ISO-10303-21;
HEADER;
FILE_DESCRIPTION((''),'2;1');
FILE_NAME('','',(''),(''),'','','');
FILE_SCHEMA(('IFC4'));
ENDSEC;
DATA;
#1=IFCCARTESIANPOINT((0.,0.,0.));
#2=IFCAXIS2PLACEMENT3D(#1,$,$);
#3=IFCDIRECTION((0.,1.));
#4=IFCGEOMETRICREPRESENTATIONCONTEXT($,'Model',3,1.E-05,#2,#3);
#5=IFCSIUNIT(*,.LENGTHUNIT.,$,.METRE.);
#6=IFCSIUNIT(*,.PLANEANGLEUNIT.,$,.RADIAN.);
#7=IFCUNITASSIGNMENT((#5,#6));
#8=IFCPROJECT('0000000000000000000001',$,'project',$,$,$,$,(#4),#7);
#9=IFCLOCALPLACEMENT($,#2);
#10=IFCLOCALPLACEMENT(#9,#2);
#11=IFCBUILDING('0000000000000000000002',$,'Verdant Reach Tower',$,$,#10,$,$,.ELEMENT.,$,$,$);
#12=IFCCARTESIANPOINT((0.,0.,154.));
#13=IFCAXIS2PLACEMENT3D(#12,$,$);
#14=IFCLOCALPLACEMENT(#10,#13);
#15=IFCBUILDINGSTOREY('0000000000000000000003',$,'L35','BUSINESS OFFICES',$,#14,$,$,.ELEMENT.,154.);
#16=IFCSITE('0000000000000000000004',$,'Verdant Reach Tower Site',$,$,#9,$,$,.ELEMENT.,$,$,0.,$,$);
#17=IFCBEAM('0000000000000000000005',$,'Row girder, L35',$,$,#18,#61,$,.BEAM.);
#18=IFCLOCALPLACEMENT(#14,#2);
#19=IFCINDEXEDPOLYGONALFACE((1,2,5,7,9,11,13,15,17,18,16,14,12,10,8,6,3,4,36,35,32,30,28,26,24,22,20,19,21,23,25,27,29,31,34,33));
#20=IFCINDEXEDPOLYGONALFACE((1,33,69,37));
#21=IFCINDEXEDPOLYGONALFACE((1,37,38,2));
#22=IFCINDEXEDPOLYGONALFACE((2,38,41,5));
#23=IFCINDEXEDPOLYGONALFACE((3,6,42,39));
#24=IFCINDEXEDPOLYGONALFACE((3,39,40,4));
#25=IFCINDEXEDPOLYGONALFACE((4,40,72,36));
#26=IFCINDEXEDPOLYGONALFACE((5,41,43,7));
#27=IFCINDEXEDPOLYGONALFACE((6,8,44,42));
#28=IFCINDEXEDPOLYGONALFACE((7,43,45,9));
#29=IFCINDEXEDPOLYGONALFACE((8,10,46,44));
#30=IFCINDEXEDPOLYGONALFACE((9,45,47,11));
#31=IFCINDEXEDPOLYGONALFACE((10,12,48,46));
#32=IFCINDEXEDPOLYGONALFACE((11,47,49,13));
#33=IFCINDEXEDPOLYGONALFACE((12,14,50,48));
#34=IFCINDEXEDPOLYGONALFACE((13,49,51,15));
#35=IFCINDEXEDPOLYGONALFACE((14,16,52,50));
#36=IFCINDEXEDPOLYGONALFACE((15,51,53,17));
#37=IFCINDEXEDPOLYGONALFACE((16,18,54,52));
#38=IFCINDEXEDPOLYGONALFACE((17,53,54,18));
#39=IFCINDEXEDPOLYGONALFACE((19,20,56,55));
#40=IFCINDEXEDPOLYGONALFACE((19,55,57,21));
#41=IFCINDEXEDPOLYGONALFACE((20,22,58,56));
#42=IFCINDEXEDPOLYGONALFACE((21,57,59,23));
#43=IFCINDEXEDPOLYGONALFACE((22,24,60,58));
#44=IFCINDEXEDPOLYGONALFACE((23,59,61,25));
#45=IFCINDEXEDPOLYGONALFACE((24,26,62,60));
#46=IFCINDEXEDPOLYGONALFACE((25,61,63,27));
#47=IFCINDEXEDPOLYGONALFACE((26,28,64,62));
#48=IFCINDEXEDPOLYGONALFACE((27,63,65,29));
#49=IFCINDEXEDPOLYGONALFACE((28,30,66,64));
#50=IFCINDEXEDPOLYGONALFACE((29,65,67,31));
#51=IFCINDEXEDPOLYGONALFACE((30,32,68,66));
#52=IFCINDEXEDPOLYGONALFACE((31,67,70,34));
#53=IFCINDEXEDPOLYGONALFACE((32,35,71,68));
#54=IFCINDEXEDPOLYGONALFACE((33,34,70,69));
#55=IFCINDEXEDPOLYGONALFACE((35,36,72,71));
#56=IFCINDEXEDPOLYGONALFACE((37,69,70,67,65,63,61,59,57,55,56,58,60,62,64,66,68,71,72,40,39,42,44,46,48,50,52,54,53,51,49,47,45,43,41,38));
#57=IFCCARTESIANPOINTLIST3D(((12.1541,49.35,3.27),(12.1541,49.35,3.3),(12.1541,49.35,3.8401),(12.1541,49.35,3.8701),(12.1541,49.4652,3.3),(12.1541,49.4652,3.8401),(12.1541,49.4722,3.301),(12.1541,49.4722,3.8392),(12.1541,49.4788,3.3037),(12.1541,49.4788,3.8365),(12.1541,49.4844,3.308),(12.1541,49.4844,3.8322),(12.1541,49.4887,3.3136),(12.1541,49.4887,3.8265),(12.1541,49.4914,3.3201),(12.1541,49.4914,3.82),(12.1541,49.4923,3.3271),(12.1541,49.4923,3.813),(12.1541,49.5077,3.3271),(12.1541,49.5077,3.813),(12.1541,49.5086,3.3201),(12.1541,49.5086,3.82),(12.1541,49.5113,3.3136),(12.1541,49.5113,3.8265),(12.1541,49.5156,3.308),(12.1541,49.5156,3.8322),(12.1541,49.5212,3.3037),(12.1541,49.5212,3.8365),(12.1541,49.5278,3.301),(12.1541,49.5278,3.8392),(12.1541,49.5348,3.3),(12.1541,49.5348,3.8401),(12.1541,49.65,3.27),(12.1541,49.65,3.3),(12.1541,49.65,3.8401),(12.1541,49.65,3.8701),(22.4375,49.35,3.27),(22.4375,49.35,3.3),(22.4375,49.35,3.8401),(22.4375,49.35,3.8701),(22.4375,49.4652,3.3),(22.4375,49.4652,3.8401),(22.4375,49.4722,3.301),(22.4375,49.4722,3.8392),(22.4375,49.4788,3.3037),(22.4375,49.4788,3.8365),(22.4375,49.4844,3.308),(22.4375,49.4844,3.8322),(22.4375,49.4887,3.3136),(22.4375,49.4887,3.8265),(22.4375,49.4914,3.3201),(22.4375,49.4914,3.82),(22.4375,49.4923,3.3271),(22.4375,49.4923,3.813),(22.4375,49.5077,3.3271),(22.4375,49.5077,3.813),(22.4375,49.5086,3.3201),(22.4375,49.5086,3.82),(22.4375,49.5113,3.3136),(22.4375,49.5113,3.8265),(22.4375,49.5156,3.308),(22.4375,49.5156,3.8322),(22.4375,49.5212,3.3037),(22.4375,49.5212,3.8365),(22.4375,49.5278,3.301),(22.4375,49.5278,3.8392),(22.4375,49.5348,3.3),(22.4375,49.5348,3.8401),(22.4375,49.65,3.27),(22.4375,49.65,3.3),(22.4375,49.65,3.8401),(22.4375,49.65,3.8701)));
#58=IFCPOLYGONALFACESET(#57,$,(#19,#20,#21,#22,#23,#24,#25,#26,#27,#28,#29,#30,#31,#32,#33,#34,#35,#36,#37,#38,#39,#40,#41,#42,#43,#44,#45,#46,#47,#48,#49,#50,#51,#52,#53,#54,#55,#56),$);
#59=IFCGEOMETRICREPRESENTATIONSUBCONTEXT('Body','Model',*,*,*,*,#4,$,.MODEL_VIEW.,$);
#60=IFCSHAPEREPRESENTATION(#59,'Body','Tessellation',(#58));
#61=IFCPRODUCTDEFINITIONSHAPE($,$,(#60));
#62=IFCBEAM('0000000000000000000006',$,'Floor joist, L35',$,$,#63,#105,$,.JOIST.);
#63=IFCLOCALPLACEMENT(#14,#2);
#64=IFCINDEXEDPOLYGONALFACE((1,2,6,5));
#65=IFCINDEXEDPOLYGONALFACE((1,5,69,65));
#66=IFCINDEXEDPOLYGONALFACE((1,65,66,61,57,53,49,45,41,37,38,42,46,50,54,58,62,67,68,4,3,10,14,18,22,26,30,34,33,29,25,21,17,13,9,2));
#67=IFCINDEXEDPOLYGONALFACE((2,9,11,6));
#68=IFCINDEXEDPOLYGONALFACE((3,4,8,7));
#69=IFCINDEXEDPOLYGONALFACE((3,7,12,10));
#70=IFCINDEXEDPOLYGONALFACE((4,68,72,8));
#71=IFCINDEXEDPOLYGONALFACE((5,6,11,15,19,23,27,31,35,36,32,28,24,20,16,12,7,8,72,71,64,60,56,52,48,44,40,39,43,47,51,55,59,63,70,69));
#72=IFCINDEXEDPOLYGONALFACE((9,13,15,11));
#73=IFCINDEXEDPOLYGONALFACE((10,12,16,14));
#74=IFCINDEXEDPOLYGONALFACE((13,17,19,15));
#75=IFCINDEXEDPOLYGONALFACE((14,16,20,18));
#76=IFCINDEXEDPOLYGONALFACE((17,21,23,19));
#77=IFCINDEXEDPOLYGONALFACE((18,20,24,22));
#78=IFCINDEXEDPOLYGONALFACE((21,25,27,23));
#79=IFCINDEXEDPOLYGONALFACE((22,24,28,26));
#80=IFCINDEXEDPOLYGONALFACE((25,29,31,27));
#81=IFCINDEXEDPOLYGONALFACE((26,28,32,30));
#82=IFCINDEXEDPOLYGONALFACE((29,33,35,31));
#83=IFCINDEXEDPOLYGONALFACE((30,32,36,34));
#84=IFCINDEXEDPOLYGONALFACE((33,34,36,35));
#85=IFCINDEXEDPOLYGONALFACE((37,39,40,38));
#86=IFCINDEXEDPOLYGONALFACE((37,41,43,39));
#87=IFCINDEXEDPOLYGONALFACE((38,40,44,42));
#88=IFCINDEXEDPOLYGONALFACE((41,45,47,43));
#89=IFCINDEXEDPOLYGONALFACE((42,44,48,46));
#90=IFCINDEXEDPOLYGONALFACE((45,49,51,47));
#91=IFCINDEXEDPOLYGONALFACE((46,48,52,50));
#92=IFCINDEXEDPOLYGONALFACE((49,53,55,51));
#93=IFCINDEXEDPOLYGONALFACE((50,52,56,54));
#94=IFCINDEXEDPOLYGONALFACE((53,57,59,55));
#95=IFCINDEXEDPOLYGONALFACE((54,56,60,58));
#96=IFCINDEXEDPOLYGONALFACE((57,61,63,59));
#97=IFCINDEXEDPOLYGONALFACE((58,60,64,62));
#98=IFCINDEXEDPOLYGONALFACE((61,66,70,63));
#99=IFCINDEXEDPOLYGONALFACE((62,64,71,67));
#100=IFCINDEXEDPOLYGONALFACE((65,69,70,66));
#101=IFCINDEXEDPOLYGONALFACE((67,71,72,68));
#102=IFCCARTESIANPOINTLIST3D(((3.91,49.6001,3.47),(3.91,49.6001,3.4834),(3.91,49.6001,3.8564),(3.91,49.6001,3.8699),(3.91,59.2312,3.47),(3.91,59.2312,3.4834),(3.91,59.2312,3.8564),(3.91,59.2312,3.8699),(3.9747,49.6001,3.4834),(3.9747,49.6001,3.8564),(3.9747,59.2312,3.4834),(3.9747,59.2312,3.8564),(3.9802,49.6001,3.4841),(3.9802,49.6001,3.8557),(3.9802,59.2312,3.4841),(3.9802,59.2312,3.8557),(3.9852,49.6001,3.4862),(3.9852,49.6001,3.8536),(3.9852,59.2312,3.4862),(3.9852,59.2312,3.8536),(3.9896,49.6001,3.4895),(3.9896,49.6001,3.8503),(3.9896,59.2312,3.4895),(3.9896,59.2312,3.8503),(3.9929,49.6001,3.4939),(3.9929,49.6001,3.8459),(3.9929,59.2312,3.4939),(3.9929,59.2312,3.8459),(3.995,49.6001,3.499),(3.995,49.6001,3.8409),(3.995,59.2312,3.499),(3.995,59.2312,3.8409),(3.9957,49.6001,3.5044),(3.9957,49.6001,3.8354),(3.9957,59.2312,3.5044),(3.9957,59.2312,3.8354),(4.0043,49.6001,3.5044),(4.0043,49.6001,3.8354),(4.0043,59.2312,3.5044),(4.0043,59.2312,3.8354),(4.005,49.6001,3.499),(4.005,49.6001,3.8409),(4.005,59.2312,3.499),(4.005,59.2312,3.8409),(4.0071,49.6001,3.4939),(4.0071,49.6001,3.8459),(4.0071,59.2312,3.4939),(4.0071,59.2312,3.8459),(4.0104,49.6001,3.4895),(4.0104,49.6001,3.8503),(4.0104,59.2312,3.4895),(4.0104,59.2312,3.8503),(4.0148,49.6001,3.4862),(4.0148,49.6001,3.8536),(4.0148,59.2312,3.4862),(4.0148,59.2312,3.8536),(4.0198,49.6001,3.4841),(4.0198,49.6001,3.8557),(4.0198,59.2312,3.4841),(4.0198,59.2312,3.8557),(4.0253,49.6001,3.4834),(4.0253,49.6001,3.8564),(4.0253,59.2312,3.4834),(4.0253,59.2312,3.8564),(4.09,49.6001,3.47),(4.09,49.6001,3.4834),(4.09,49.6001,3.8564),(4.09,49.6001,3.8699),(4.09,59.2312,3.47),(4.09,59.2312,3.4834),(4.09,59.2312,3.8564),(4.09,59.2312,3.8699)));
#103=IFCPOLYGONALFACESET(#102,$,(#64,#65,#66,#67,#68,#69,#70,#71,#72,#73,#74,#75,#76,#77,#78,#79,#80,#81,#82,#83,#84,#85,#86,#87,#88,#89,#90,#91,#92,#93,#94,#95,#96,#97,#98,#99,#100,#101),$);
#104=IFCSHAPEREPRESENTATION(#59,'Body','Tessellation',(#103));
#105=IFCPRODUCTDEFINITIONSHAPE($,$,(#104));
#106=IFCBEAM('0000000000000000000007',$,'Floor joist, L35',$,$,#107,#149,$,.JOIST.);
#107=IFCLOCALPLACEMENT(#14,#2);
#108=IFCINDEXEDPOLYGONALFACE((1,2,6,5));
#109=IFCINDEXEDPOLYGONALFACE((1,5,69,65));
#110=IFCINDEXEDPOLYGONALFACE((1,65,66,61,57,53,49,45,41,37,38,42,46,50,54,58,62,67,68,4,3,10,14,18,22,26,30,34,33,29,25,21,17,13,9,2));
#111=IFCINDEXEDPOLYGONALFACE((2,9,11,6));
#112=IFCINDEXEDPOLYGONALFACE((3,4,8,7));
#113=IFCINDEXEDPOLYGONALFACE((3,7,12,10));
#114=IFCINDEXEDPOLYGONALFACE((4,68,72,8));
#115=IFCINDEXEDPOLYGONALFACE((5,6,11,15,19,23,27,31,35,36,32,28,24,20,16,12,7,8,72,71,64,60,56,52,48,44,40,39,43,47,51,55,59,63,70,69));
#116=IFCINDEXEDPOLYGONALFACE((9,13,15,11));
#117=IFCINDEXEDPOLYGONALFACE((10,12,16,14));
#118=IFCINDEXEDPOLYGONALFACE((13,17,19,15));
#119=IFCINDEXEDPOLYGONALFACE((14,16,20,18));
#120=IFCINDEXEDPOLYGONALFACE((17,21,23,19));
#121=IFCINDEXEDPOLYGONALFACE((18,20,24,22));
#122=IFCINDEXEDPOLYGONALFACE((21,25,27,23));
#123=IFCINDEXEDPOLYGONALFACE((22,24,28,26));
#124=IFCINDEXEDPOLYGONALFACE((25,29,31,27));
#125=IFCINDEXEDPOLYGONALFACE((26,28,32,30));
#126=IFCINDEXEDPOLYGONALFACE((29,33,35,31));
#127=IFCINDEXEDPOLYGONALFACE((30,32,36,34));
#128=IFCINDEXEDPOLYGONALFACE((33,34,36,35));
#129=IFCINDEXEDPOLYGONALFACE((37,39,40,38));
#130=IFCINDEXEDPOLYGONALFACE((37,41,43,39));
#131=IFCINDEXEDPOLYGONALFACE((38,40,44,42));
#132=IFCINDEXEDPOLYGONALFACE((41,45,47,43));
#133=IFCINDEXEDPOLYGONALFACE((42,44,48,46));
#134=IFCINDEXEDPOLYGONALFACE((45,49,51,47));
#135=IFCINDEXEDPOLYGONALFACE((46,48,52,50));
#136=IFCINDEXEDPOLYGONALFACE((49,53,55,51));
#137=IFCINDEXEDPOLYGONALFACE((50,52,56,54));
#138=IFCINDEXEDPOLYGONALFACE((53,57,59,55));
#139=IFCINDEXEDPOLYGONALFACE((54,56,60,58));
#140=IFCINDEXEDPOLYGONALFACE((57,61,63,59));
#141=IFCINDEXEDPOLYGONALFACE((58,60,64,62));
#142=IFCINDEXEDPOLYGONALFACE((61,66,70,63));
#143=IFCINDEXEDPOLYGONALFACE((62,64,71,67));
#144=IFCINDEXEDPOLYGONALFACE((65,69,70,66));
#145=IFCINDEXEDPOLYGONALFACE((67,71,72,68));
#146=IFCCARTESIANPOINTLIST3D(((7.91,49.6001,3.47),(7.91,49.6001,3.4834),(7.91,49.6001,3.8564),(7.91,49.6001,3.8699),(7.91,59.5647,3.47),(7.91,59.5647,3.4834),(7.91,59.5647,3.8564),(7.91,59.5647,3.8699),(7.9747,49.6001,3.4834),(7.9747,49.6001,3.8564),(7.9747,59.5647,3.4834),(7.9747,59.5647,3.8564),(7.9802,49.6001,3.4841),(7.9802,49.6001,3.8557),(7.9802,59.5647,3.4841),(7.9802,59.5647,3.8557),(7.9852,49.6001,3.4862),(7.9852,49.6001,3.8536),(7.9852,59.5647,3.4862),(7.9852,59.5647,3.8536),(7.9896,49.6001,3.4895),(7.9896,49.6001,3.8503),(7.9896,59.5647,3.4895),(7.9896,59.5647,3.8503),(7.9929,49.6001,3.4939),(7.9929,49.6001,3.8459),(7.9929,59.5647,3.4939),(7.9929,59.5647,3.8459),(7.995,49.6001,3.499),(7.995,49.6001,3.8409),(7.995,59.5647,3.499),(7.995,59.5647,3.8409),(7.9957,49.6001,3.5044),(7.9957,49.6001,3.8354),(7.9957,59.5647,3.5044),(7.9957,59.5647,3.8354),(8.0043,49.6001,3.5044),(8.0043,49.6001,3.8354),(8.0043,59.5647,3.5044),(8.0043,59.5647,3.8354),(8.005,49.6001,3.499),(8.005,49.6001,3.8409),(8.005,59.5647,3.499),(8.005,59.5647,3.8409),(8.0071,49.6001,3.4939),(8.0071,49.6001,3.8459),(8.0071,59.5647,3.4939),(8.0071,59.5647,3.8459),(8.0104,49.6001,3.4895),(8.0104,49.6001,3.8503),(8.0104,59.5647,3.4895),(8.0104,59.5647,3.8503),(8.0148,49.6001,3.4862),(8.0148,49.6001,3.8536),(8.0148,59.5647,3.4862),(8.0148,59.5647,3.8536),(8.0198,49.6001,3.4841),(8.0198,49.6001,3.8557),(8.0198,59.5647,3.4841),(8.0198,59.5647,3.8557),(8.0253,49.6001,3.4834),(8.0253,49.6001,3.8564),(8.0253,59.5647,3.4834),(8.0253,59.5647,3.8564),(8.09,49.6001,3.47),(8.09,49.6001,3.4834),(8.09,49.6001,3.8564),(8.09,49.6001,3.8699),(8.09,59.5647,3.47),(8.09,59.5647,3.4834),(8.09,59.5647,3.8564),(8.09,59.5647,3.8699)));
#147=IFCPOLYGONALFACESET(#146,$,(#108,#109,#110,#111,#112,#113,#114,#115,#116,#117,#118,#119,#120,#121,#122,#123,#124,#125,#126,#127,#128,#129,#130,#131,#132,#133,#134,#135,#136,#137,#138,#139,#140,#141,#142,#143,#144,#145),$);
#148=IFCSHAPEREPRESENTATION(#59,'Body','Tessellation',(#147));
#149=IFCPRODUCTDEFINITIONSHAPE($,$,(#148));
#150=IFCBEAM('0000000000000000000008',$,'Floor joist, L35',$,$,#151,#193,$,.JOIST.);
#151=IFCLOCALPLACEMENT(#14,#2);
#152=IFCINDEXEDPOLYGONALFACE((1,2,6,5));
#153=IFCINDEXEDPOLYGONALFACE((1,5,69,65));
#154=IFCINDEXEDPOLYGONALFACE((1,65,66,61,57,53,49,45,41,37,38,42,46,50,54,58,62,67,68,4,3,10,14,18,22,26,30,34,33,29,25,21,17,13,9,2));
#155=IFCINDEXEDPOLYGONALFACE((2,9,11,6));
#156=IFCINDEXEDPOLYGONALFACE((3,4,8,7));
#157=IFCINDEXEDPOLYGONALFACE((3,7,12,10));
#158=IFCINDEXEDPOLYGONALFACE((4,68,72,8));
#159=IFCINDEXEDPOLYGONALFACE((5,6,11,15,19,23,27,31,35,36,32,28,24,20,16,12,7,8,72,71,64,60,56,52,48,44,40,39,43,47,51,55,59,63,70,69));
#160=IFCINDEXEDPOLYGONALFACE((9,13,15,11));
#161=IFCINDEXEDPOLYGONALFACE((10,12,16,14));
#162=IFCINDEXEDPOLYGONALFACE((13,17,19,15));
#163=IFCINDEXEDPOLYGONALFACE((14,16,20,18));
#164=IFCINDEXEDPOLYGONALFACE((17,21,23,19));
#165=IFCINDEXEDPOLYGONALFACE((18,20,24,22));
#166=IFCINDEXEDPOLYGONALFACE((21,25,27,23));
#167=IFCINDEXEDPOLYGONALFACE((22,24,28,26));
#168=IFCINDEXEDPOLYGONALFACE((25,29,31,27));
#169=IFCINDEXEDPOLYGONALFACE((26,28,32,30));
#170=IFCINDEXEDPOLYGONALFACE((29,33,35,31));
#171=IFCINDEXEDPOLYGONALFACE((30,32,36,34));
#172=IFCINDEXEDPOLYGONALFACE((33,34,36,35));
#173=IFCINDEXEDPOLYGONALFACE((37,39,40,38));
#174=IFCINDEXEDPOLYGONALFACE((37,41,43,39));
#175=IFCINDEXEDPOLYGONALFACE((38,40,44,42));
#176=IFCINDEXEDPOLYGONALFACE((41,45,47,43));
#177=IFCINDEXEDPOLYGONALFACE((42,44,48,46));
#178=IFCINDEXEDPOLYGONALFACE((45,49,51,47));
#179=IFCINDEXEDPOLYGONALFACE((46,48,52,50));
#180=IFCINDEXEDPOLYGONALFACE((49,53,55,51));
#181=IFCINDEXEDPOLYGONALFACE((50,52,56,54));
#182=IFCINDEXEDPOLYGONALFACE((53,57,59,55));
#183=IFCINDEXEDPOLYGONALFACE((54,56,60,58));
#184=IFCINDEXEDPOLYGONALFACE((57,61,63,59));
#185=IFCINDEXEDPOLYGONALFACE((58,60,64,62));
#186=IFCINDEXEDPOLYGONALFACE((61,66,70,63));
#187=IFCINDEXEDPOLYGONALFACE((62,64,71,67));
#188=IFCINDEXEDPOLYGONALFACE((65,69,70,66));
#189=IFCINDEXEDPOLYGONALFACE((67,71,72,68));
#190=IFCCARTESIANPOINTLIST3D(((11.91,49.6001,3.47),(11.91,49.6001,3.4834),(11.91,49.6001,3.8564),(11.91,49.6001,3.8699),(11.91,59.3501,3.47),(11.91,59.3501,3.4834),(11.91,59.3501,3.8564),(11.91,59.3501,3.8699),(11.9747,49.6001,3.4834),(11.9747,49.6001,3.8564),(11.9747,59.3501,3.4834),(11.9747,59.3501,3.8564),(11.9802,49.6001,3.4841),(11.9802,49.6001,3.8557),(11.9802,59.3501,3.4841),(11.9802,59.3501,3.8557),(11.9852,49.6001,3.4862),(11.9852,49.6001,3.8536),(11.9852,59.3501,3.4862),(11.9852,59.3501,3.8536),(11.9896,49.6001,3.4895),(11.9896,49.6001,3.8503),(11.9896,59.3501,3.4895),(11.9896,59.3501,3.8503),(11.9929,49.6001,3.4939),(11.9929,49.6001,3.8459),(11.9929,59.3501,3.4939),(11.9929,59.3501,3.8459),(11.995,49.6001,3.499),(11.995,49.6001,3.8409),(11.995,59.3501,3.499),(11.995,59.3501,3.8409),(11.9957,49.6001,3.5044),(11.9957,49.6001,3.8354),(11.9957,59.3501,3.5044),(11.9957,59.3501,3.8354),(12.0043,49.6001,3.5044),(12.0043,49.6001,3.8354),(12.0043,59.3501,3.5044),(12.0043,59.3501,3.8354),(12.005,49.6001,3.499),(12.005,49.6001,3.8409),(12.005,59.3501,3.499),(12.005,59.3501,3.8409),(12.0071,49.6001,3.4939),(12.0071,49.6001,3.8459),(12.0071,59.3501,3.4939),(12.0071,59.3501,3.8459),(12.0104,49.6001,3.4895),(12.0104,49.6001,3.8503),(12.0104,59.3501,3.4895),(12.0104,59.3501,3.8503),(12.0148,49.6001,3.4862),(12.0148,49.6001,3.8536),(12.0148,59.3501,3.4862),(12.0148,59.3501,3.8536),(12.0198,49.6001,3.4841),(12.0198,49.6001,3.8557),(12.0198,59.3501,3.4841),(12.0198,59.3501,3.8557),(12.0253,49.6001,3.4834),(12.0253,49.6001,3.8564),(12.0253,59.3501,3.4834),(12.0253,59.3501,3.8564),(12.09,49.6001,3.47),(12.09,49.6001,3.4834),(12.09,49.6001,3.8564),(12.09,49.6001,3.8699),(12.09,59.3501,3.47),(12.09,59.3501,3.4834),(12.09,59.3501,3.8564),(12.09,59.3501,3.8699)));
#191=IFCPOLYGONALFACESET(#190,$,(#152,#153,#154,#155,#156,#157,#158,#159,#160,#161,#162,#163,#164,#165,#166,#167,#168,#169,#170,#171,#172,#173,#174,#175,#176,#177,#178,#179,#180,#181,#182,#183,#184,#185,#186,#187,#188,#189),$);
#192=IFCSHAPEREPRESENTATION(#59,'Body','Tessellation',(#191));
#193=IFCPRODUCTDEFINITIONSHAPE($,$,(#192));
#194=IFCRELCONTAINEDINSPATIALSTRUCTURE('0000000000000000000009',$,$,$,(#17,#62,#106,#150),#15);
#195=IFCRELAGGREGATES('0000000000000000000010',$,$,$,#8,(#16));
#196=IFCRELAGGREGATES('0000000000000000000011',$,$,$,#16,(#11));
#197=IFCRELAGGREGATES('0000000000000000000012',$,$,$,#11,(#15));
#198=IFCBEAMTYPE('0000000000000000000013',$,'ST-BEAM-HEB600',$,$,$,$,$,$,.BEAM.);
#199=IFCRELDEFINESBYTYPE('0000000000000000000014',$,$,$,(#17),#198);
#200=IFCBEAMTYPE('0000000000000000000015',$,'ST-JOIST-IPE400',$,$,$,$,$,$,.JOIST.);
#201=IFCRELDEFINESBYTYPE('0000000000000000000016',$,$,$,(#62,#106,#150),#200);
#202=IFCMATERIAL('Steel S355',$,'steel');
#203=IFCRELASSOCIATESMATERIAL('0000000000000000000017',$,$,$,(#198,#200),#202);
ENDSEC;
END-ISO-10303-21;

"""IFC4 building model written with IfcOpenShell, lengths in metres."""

from ifc_helpers import new_model, si_unit, direction, frame, origin, origin_2d, place, context, subcontext, project, spatial, i_section, extrude, material, material_profile, profile_set, type_object, element, save


model = new_model("IFC4")

# Units and contexts
model_context = context("Model", 3, precision=1e-05, world=origin(), true_north=direction((0.0, 1.0)))
body_context = subcontext(model_context, "Body", "Model", "MODEL_VIEW")
ifc_project = project(units=[si_unit("LENGTHUNIT", "METRE"), si_unit("PLANEANGLEUNIT", "RADIAN")], contexts=[model_context])

# Site, building, storey
site_placement = place(None, origin())
site = spatial("IfcSite", under=ifc_project, at=site_placement, Name="Verdant Reach Tower Site", CompositionType="ELEMENT", RefElevation=0.0)
building_placement = place(site_placement, origin())
building = spatial("IfcBuilding", under=site, at=building_placement, Name="Verdant Reach Tower", CompositionType="ELEMENT")
storey_placement = place(building_placement, frame((0.0, 0.0, 154.0)))
storey = spatial("IfcBuildingStorey", under=building, at=storey_placement, Name="L35", Description="BUSINESS OFFICES", CompositionType="ELEMENT", Elevation=154.0)

# Beams
ifc_material_1 = material(Name="Steel S355", Category="steel")
ifc_material_profile_1 = material_profile(ifc_material_1, i_section(OverallWidth=0.3, OverallDepth=0.6001, WebThickness=0.0154, FlangeThickness=0.03, FilletRadius=0.0271, at=origin_2d()), Name="HEB 600")
ifc_profile_set_1 = profile_set([ifc_material_profile_1], Name="Steel S355")
beam_type_1 = type_object("IfcBeamType", Name="ST-BEAM-HEB600", PredefinedType="BEAM", material=ifc_profile_set_1)
beam_1_placement = place(storey_placement, frame((12.1541, 49.5, 3.5701), z_axis=(1.0, 0.0, 0.0), x_axis=(0.0, 1.0, 0.0)))
element("IfcBeam", 1, at=beam_1_placement, inside=storey, type_object=beam_type_1, Name="Row girder, L35", PredefinedType="BEAM", context=body_context, shape_type="SweptSolid", body=[
    extrude(i_section(OverallWidth=0.3, OverallDepth=0.6001, WebThickness=0.0154, FlangeThickness=0.03, FilletRadius=0.0271, at=origin_2d()), origin(), (0.0, 0.0, 1.0), 10.2834),
])
ifc_material_profile_2 = material_profile(ifc_material_1, i_section(OverallWidth=0.1799, OverallDepth=0.3999, WebThickness=0.0085, FlangeThickness=0.0134, FilletRadius=0.021, at=origin_2d()), Name="IPE 400")
ifc_profile_set_2 = profile_set([ifc_material_profile_2], Name="Steel S355")
beam_type_2 = type_object("IfcBeamType", Name="ST-JOIST-IPE400", PredefinedType="JOIST", material=ifc_profile_set_2)
beam_2_placement = place(storey_placement, frame((4.0, 49.6001, 3.6699), z_axis=(0.0, 1.0, 0.0), x_axis=(-1.0, 0.0, 0.0)))
element("IfcBeam", 2, at=beam_2_placement, inside=storey, type_object=beam_type_2, Name="Floor joist, L35", PredefinedType="JOIST", context=body_context, shape_type="SweptSolid", body=[
    extrude(i_section(OverallWidth=0.1799, OverallDepth=0.3999, WebThickness=0.0085, FlangeThickness=0.0134, FilletRadius=0.021, at=origin_2d()), origin(), (0.0, 0.0, 1.0), 9.6311),
])
beam_3_placement = place(storey_placement, frame((8.0, 49.6001, 3.6699), z_axis=(0.0, 1.0, 0.0), x_axis=(-1.0, 0.0, 0.0)))
element("IfcBeam", 3, at=beam_3_placement, inside=storey, type_object=beam_type_2, Name="Floor joist, L35", PredefinedType="JOIST", context=body_context, shape_type="SweptSolid", body=[
    extrude(i_section(OverallWidth=0.1799, OverallDepth=0.3999, WebThickness=0.0085, FlangeThickness=0.0134, FilletRadius=0.021, at=origin_2d()), origin(), (0.0, 0.0, 1.0), 9.9646),
])
beam_4_placement = place(storey_placement, frame((12.0, 49.6001, 3.6699), z_axis=(0.0, 1.0, 0.0), x_axis=(-1.0, 0.0, 0.0)))
element("IfcBeam", 4, at=beam_4_placement, inside=storey, type_object=beam_type_2, Name="Floor joist, L35", PredefinedType="JOIST", context=body_context, shape_type="SweptSolid", body=[
    extrude(i_section(OverallWidth=0.1799, OverallDepth=0.3999, WebThickness=0.0085, FlangeThickness=0.0134, FilletRadius=0.021, at=origin_2d()), origin(), (0.0, 0.0, 1.0), 9.75),
])

save(model, "model.ifc")
